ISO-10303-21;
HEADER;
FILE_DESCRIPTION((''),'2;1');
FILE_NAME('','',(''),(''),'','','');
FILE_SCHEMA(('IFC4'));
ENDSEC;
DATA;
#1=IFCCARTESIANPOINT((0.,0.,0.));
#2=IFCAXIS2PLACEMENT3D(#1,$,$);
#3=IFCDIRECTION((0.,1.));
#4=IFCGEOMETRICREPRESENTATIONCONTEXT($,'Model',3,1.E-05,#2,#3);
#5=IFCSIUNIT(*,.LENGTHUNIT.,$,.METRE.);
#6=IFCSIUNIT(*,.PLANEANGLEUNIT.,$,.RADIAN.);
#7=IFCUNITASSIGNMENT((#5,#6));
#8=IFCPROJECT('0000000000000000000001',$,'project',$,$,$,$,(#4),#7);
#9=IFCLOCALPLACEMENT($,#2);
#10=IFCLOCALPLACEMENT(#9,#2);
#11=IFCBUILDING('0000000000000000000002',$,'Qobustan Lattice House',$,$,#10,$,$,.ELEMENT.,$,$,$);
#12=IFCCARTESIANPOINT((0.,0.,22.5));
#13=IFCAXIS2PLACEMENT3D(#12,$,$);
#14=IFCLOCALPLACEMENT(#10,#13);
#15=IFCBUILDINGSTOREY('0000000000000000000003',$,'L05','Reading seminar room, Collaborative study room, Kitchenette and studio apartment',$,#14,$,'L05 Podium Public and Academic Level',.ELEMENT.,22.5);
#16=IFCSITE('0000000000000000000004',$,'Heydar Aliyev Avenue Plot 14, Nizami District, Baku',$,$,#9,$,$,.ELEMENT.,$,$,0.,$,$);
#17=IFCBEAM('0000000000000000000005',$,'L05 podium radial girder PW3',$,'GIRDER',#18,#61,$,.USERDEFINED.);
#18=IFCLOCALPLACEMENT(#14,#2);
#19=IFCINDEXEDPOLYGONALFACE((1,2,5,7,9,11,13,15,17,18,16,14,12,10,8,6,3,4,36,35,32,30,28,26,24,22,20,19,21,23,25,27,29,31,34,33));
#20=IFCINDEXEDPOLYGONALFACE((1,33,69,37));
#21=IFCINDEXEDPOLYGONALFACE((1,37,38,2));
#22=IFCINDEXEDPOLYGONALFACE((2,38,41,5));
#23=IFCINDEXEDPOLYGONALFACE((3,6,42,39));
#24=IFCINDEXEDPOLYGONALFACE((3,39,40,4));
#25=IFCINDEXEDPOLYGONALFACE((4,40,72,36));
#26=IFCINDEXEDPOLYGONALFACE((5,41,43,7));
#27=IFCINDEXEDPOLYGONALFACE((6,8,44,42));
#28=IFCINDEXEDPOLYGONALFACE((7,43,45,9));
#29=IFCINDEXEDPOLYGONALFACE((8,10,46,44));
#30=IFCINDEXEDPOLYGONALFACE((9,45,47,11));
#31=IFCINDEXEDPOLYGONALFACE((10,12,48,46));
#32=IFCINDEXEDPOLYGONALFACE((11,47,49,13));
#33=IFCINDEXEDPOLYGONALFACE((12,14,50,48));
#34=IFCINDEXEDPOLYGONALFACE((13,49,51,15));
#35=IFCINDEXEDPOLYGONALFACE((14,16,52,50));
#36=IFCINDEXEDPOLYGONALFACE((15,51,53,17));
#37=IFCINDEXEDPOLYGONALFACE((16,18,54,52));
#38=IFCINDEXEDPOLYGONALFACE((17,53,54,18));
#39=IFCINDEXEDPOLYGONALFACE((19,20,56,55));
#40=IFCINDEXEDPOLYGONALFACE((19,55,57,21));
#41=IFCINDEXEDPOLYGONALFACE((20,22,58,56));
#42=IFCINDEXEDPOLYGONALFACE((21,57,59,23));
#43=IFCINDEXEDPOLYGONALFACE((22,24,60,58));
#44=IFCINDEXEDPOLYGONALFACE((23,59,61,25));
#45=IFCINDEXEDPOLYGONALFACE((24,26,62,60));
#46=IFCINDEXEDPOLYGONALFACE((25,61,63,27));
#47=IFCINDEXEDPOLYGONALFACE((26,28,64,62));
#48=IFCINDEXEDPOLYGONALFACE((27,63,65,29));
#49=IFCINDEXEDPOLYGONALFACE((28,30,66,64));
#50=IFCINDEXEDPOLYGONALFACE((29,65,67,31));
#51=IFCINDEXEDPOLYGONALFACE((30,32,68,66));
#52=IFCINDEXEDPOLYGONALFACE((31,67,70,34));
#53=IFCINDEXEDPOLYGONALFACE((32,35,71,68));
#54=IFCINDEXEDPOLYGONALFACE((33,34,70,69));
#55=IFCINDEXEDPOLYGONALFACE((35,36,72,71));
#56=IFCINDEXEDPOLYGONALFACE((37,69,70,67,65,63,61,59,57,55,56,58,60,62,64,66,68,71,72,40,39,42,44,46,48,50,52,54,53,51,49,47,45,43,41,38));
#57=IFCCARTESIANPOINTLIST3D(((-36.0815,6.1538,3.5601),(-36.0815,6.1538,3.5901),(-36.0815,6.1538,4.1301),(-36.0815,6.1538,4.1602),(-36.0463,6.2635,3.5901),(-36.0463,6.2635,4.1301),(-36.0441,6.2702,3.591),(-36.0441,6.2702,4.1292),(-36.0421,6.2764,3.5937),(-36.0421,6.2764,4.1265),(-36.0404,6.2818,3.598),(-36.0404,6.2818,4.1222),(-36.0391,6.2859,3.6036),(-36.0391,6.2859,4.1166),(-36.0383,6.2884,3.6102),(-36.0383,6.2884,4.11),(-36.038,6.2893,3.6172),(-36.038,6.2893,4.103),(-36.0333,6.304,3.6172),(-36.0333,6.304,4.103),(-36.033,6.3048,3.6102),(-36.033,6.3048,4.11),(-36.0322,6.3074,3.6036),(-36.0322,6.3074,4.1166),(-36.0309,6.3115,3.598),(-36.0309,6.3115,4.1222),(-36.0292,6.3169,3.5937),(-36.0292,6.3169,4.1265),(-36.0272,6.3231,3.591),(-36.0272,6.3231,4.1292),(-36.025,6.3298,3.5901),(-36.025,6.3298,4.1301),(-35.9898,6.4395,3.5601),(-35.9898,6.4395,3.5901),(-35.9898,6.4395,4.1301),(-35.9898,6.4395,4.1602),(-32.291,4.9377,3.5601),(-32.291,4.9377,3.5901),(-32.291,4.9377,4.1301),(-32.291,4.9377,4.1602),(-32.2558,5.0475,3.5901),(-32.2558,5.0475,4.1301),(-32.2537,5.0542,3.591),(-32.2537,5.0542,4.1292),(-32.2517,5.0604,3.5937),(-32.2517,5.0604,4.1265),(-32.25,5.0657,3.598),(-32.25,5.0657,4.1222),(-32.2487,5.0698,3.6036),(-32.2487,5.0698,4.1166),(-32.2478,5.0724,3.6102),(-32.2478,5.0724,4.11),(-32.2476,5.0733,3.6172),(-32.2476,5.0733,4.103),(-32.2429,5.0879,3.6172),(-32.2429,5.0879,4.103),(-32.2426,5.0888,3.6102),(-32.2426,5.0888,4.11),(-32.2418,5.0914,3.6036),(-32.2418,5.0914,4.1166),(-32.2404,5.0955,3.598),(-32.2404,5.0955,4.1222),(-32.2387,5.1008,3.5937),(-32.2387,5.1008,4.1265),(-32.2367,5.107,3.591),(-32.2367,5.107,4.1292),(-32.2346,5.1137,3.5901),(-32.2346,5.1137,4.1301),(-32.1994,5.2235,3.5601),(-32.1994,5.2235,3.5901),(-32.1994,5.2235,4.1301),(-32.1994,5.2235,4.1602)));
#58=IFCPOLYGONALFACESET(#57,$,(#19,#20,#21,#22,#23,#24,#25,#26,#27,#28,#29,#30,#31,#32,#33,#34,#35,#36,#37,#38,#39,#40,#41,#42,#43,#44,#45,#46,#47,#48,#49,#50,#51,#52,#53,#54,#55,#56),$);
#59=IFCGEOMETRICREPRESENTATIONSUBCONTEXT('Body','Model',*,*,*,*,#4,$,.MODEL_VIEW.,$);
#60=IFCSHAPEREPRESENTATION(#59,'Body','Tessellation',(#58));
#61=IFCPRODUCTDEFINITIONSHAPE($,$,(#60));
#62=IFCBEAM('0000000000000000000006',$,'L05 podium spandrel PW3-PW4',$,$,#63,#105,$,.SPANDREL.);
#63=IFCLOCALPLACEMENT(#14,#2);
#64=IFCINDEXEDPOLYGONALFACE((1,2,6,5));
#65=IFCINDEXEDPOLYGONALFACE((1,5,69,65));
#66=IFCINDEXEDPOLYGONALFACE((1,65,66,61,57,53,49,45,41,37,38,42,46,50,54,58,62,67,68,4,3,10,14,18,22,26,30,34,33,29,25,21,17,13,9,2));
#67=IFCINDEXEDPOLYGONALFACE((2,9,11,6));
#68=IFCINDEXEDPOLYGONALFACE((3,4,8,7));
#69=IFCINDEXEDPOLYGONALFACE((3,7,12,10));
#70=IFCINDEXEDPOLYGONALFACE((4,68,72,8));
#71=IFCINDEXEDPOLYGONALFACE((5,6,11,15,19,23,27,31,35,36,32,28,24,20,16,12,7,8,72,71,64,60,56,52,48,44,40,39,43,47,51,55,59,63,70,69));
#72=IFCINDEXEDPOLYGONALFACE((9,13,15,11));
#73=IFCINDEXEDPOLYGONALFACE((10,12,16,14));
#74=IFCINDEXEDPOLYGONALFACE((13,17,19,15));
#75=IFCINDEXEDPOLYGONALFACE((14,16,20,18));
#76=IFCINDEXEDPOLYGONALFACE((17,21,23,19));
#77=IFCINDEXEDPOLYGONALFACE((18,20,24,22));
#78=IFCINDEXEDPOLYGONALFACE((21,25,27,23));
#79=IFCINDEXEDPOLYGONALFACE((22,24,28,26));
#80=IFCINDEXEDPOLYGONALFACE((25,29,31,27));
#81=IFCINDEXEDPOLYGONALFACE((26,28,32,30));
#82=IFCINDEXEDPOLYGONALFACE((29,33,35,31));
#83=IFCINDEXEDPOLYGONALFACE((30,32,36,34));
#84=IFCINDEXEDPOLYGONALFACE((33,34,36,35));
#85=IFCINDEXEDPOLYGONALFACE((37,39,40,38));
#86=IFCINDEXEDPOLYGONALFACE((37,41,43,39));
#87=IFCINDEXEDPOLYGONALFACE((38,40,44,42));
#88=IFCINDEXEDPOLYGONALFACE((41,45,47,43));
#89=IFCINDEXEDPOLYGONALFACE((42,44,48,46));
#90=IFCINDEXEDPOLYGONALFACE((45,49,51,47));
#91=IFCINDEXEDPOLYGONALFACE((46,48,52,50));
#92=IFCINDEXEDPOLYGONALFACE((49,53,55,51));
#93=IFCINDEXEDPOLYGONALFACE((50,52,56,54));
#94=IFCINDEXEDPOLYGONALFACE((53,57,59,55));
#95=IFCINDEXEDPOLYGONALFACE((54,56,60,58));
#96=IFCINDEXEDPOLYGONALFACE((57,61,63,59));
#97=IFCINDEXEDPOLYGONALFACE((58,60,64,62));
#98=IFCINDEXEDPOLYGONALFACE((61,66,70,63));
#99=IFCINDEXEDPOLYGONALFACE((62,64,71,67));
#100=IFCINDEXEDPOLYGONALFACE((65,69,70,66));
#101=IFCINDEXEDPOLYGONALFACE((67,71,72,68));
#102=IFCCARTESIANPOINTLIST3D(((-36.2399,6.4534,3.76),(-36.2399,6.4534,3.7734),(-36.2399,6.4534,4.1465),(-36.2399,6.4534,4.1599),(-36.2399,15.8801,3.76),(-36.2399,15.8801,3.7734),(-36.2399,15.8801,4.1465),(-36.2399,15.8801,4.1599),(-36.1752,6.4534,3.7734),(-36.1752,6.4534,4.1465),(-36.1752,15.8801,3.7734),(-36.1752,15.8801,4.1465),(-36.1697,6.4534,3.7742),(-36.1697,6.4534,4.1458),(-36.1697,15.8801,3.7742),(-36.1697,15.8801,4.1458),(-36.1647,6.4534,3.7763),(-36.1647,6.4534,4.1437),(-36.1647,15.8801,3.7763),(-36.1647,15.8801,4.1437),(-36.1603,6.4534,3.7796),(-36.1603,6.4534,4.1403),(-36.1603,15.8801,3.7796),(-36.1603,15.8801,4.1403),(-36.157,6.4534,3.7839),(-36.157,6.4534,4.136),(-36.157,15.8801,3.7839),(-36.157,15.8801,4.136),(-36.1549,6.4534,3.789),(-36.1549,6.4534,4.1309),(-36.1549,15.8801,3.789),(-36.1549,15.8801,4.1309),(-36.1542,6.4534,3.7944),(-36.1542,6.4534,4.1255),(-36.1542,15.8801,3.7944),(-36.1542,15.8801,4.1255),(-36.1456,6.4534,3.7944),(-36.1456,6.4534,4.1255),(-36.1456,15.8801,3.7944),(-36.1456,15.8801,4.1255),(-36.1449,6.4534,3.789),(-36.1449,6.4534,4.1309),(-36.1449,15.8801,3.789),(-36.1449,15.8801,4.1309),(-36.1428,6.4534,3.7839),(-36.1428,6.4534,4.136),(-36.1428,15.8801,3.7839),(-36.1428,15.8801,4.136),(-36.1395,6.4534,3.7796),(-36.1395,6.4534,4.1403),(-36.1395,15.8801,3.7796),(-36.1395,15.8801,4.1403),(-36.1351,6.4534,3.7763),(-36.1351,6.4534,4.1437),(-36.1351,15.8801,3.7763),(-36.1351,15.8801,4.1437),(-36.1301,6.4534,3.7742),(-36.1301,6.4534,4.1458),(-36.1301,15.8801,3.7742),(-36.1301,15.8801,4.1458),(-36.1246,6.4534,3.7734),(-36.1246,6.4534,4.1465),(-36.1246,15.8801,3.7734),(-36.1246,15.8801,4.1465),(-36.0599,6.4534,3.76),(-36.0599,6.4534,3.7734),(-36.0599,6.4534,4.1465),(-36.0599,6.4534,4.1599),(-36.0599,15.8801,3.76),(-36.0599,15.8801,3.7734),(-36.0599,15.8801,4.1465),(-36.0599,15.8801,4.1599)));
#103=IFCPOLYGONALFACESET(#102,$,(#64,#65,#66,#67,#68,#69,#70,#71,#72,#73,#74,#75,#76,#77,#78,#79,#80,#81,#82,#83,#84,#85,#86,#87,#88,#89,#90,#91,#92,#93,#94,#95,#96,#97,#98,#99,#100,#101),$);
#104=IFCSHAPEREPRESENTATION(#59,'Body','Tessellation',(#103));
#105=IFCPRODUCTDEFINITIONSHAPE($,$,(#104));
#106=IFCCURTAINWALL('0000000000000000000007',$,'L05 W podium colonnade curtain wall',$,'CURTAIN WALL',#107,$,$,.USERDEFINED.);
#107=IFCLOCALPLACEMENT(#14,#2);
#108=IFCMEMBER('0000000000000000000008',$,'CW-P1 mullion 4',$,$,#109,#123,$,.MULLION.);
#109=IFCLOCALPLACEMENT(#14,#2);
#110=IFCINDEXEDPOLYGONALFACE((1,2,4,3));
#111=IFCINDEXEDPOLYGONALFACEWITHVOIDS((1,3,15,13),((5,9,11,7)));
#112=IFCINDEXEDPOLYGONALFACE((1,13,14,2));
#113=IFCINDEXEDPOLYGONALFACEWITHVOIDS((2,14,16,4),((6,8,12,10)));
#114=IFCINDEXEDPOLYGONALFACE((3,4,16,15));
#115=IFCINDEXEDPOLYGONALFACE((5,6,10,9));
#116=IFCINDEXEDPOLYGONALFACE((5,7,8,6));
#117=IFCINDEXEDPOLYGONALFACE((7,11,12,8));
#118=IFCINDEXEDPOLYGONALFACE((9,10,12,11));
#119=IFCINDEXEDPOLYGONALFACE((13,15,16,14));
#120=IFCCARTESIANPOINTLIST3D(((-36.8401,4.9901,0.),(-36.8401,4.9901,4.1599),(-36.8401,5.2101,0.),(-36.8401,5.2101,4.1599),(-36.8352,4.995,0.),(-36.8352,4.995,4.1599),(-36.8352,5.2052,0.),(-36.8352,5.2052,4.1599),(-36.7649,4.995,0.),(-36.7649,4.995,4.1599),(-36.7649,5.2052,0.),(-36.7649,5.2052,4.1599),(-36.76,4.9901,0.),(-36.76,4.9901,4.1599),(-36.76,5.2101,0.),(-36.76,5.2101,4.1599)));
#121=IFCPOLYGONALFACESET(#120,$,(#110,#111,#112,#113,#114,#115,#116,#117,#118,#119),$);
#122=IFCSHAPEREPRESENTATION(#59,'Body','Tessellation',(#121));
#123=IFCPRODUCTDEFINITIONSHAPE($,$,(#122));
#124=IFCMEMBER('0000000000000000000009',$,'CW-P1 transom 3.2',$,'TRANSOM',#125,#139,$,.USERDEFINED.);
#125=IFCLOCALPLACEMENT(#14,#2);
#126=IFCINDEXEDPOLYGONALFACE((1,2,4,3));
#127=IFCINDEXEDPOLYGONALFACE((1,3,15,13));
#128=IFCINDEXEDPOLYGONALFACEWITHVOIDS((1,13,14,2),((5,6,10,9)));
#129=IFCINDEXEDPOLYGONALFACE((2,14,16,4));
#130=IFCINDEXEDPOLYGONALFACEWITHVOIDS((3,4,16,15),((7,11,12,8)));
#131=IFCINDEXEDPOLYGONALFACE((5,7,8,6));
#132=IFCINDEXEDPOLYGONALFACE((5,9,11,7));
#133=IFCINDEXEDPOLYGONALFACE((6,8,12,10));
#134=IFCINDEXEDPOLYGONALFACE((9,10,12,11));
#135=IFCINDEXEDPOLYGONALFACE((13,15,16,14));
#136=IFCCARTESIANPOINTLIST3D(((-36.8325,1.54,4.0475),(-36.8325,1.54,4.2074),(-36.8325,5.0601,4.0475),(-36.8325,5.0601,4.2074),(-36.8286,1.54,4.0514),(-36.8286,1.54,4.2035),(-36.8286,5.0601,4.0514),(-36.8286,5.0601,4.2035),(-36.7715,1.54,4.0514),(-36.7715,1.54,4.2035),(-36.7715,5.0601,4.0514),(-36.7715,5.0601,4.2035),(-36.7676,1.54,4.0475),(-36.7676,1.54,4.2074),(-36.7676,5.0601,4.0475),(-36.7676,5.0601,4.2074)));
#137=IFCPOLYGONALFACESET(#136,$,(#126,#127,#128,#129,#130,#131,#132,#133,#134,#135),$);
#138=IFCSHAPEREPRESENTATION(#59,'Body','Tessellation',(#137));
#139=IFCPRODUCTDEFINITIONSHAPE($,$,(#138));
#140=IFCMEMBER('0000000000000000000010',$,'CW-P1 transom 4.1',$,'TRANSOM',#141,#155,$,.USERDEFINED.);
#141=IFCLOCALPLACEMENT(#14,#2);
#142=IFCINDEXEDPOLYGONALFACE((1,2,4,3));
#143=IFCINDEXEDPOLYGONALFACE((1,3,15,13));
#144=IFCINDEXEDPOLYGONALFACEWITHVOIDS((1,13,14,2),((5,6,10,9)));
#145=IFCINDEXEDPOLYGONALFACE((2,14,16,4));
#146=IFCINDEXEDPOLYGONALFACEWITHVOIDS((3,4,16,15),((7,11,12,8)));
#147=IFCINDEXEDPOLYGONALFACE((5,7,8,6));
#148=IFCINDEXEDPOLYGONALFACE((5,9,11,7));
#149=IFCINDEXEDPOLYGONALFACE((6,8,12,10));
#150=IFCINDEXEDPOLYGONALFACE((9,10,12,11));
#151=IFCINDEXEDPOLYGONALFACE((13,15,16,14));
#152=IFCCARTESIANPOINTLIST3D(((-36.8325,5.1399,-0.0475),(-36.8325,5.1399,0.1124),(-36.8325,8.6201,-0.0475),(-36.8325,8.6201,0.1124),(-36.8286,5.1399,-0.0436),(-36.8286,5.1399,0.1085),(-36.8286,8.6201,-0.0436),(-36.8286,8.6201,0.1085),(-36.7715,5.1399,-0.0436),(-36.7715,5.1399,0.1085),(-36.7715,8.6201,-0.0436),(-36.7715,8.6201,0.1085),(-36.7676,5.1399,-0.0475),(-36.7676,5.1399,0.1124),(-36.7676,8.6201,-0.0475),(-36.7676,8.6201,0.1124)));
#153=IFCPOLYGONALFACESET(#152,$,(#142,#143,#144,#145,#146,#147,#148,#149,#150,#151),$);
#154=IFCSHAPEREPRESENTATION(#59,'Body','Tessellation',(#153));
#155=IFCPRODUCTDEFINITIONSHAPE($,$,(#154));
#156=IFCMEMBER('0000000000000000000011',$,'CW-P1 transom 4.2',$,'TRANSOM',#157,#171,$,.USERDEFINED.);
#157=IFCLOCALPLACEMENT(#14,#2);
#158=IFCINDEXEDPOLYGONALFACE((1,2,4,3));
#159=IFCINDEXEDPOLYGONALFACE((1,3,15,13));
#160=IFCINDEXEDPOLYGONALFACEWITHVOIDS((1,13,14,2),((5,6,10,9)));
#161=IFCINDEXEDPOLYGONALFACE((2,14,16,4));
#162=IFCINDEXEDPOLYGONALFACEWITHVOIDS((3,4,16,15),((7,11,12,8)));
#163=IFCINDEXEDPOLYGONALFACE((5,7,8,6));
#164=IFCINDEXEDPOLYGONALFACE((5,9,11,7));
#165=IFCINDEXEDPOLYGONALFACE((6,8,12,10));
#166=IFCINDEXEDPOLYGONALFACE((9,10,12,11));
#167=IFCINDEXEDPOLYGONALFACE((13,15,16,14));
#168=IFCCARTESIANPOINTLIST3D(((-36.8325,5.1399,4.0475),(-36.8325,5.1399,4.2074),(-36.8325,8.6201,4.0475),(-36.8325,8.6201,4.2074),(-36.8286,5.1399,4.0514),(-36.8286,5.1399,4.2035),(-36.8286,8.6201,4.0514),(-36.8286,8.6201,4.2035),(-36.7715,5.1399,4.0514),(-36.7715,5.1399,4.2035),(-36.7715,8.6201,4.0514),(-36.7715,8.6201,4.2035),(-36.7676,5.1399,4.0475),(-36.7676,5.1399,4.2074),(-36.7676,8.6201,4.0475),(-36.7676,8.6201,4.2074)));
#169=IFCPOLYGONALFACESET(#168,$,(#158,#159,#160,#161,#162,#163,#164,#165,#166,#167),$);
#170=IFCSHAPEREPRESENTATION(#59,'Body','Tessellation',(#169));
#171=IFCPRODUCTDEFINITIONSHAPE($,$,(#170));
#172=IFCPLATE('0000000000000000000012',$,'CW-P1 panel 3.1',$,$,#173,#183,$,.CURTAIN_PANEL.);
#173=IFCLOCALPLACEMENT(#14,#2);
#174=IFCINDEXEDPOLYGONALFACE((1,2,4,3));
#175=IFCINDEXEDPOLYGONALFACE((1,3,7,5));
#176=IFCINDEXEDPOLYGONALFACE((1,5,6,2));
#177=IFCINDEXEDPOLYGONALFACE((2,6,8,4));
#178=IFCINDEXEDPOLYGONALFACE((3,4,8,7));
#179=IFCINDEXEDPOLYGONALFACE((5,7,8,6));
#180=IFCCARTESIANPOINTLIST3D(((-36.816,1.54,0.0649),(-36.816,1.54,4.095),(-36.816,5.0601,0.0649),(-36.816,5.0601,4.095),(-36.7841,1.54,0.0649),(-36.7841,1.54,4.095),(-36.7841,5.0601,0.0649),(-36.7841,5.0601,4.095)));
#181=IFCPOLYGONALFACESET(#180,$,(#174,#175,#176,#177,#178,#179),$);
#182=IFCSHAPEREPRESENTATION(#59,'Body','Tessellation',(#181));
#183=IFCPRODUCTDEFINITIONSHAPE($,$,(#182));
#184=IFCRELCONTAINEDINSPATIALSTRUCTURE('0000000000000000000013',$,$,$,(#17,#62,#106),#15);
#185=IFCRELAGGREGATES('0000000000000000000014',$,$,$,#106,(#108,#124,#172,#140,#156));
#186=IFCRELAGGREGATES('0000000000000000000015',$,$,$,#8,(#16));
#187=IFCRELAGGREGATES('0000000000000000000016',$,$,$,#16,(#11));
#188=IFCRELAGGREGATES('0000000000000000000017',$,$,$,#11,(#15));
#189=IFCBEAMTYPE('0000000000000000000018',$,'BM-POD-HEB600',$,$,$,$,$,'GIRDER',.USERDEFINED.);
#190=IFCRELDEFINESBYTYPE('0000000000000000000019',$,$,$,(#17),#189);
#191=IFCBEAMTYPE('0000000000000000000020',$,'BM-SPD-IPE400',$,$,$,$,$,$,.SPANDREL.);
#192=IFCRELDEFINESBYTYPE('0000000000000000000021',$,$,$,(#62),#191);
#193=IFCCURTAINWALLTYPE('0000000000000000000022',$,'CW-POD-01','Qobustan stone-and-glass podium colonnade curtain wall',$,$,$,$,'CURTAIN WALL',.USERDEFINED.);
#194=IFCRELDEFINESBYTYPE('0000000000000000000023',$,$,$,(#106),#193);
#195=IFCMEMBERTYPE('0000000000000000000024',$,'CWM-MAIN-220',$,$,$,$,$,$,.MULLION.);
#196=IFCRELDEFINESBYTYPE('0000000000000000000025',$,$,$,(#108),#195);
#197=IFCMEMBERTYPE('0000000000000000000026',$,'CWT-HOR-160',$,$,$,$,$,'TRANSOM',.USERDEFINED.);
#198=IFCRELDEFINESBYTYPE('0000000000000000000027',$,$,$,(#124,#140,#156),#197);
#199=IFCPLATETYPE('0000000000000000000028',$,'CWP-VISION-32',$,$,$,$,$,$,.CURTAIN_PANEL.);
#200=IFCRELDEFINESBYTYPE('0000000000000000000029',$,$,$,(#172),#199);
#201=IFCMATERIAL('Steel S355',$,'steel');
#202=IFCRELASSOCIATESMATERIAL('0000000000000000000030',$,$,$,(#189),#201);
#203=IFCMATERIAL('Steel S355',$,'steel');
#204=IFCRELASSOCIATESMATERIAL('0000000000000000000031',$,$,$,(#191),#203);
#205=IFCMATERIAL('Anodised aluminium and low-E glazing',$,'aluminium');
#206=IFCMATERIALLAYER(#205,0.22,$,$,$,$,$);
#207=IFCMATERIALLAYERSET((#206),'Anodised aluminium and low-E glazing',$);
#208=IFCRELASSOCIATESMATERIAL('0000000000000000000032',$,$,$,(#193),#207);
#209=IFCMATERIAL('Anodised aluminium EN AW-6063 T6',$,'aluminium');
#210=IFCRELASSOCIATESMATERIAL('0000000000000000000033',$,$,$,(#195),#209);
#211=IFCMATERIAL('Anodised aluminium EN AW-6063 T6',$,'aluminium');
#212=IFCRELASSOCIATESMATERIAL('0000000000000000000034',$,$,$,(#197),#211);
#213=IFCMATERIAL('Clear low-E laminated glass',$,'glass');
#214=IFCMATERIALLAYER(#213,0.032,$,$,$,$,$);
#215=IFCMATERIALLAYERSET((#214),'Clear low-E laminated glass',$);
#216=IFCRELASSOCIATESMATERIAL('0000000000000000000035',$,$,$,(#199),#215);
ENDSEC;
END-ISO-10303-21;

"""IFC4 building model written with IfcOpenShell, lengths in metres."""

from ifc_helpers import new_model, si_unit, direction, frame, origin, origin_2d, place, context, subcontext, project, spatial, rectangle, hollow_rectangle, i_section, extrude, material, layer, layer_set, material_profile, profile_set, type_object, element, aggregate, save


model = new_model("IFC4")

# Units and contexts
model_context = context("Model", 3, precision=1e-05, world=origin(), true_north=direction((0.0, 1.0)))
body_context = subcontext(model_context, "Body", "Model", "MODEL_VIEW")
ifc_project = project(units=[si_unit("LENGTHUNIT", "METRE"), si_unit("PLANEANGLEUNIT", "RADIAN")], contexts=[model_context])

# Site, building, storey
site_placement = place(None, origin())
site = spatial("IfcSite", under=ifc_project, at=site_placement, Name="Heydar Aliyev Avenue Plot 14, Nizami District, Baku", CompositionType="ELEMENT", RefElevation=0.0)
building_placement = place(site_placement, origin())
building = spatial("IfcBuilding", under=site, at=building_placement, Name="Qobustan Lattice House", CompositionType="ELEMENT")
storey_placement = place(building_placement, frame((0.0, 0.0, 22.5)))
storey = spatial("IfcBuildingStorey", under=building, at=storey_placement, Name="L05", Description="Reading seminar room, Collaborative study room, Kitchenette and studio apartment", LongName="L05 Podium Public and Academic Level", CompositionType="ELEMENT", Elevation=22.5)

# Beams
ifc_material_1 = material(Name="Steel S355", Category="steel")
ifc_material_profile_1 = material_profile(ifc_material_1, i_section(OverallWidth=0.3, OverallDepth=0.6001, WebThickness=0.0154, FlangeThickness=0.03, FilletRadius=0.0271, at=origin_2d()), Name="HEB600")
ifc_profile_set_1 = profile_set([ifc_material_profile_1], Name="Steel S355")
beam_type_1 = type_object("IfcBeamType", Name="BM-POD-HEB600", ElementType="GIRDER", PredefinedType="USERDEFINED", material=ifc_profile_set_1)
beam_1_placement = place(storey_placement, frame((-36.0356, 6.2966, 3.8601), z_axis=(0.952198, -0.305481, 0.0), x_axis=(0.305481, 0.952198, 0.0)))
element("IfcBeam", 1, at=beam_1_placement, inside=storey, type_object=beam_type_1, Name="L05 podium radial girder PW3", ObjectType="GIRDER", PredefinedType="USERDEFINED", context=body_context, shape_type="SweptSolid", body=[
    extrude(i_section(OverallWidth=0.3, OverallDepth=0.6001, WebThickness=0.0154, FlangeThickness=0.03, FilletRadius=0.0271, at=origin_2d()), origin(), (0.0, 0.0, 1.0), 3.9807),
])
ifc_material_2 = material(Name="Steel S355", Category="steel")
ifc_material_profile_2 = material_profile(ifc_material_2, i_section(OverallWidth=0.1799, OverallDepth=0.3999, WebThickness=0.0085, FlangeThickness=0.0134, FilletRadius=0.021, at=origin_2d()), Name="IPE400")
ifc_profile_set_2 = profile_set([ifc_material_profile_2], Name="Steel S355")
beam_type_2 = type_object("IfcBeamType", Name="BM-SPD-IPE400", PredefinedType="SPANDREL", material=ifc_profile_set_2)
beam_2_placement = place(storey_placement, frame((-36.1499, 6.4534, 3.96), z_axis=(0.0, 1.0, 0.0), x_axis=(-1.0, 0.0, 0.0)))
element("IfcBeam", 2, at=beam_2_placement, inside=storey, type_object=beam_type_2, Name="L05 podium spandrel PW3-PW4", PredefinedType="SPANDREL", context=body_context, shape_type="SweptSolid", body=[
    extrude(i_section(OverallWidth=0.1799, OverallDepth=0.3999, WebThickness=0.0085, FlangeThickness=0.0134, FilletRadius=0.021, at=origin_2d()), origin(), (0.0, 0.0, 1.0), 9.4268),
])

# Curtain wall, members, plate
ifc_material_3 = material(Name="Anodised aluminium and low-E glazing", Category="aluminium")
ifc_layer_1 = layer(ifc_material_3, 0.22)
ifc_layer_set_1 = layer_set([ifc_layer_1], Name="Anodised aluminium and low-E glazing")
curtain_wall_type = type_object("IfcCurtainWallType", Name="CW-POD-01", Description="Qobustan stone-and-glass podium colonnade curtain wall", ElementType="CURTAIN WALL", PredefinedType="USERDEFINED", material=ifc_layer_set_1)
curtain_wall_placement = place(storey_placement, origin())
curtain_wall = element("IfcCurtainWall", 3, at=curtain_wall_placement, inside=storey, type_object=curtain_wall_type, Name="L05 W podium colonnade curtain wall", ObjectType="CURTAIN WALL", PredefinedType="USERDEFINED")
ifc_material_4 = material(Name="Anodised aluminium EN AW-6063 T6", Category="aluminium")
ifc_material_profile_3 = material_profile(ifc_material_4, hollow_rectangle(XDim=0.0801, YDim=0.22, WallThickness=0.0049, at=origin_2d()), Name="CWM-220x80")
ifc_profile_set_3 = profile_set([ifc_material_profile_3], Name="Anodised aluminium EN AW-6063 T6")
member_type_1 = type_object("IfcMemberType", Name="CWM-MAIN-220", PredefinedType="MULLION", material=ifc_profile_set_3)
member_1_placement = place(storey_placement, frame((-36.8, 5.1001, 0.0), z_axis=(0.0, 0.0, 1.0), x_axis=(-1.0, 0.0, 0.0)))
member_1 = element("IfcMember", 4, at=member_1_placement, type_object=member_type_1, Name="CW-P1 mullion 4", PredefinedType="MULLION", context=body_context, shape_type="SweptSolid", body=[
    extrude(hollow_rectangle(XDim=0.0801, YDim=0.22, WallThickness=0.0049, at=origin_2d()), origin(), (0.0, 0.0, 1.0), 4.1599),
])
ifc_material_5 = material(Name="Anodised aluminium EN AW-6063 T6", Category="aluminium")
ifc_material_profile_4 = material_profile(ifc_material_5, hollow_rectangle(XDim=0.0649, YDim=0.1599, WallThickness=0.0039, at=origin_2d()), Name="CWT-160x65")
ifc_profile_set_4 = profile_set([ifc_material_profile_4], Name="Anodised aluminium EN AW-6063 T6")
member_type_2 = type_object("IfcMemberType", Name="CWT-HOR-160", ElementType="TRANSOM", PredefinedType="USERDEFINED", material=ifc_profile_set_4)
member_2_placement = place(storey_placement, frame((-36.8, 1.54, 4.1274), z_axis=(0.0, 1.0, 0.0), x_axis=(-1.0, 0.0, 0.0)))
member_2 = element("IfcMember", 5, at=member_2_placement, type_object=member_type_2, Name="CW-P1 transom 3.2", ObjectType="TRANSOM", PredefinedType="USERDEFINED", context=body_context, shape_type="SweptSolid", body=[
    extrude(hollow_rectangle(XDim=0.0649, YDim=0.1599, WallThickness=0.0039, at=origin_2d()), origin(), (0.0, 0.0, 1.0), 3.52),
])
member_3_placement = place(storey_placement, frame((-36.8, 5.1399, 0.0325), z_axis=(0.0, 1.0, 0.0), x_axis=(-1.0, 0.0, 0.0)))
member_3 = element("IfcMember", 6, at=member_3_placement, type_object=member_type_2, Name="CW-P1 transom 4.1", ObjectType="TRANSOM", PredefinedType="USERDEFINED", context=body_context, shape_type="SweptSolid", body=[
    extrude(hollow_rectangle(XDim=0.0649, YDim=0.1599, WallThickness=0.0039, at=origin_2d()), origin(), (0.0, 0.0, 1.0), 3.4802),
])
member_4_placement = place(storey_placement, frame((-36.8, 5.1399, 4.1274), z_axis=(0.0, 1.0, 0.0), x_axis=(-1.0, 0.0, 0.0)))
member_4 = element("IfcMember", 7, at=member_4_placement, type_object=member_type_2, Name="CW-P1 transom 4.2", ObjectType="TRANSOM", PredefinedType="USERDEFINED", context=body_context, shape_type="SweptSolid", body=[
    extrude(hollow_rectangle(XDim=0.0649, YDim=0.1599, WallThickness=0.0039, at=origin_2d()), origin(), (0.0, 0.0, 1.0), 3.4802),
])
ifc_material_6 = material(Name="Clear low-E laminated glass", Category="glass")
ifc_layer_2 = layer(ifc_material_6, 0.032)
ifc_layer_set_2 = layer_set([ifc_layer_2], Name="Clear low-E laminated glass")
plate_type = type_object("IfcPlateType", Name="CWP-VISION-32", PredefinedType="CURTAIN_PANEL", material=ifc_layer_set_2)
plate_1_placement = place(storey_placement, frame((-36.8, 3.3, 0.0649), z_axis=(0.0, 0.0, 1.0), x_axis=(0.0, 1.0, 0.0)))
plate_1 = element("IfcPlate", 8, at=plate_1_placement, type_object=plate_type, Name="CW-P1 panel 3.1", PredefinedType="CURTAIN_PANEL", context=body_context, shape_type="SweptSolid", body=[
    extrude(rectangle(XDim=3.52, YDim=0.032, at=origin_2d()), origin(), (0.0, 0.0, 1.0), 4.03),
])
aggregate(curtain_wall, [member_1, member_2, plate_1, member_3, member_4])

save(model, "model.ifc")
